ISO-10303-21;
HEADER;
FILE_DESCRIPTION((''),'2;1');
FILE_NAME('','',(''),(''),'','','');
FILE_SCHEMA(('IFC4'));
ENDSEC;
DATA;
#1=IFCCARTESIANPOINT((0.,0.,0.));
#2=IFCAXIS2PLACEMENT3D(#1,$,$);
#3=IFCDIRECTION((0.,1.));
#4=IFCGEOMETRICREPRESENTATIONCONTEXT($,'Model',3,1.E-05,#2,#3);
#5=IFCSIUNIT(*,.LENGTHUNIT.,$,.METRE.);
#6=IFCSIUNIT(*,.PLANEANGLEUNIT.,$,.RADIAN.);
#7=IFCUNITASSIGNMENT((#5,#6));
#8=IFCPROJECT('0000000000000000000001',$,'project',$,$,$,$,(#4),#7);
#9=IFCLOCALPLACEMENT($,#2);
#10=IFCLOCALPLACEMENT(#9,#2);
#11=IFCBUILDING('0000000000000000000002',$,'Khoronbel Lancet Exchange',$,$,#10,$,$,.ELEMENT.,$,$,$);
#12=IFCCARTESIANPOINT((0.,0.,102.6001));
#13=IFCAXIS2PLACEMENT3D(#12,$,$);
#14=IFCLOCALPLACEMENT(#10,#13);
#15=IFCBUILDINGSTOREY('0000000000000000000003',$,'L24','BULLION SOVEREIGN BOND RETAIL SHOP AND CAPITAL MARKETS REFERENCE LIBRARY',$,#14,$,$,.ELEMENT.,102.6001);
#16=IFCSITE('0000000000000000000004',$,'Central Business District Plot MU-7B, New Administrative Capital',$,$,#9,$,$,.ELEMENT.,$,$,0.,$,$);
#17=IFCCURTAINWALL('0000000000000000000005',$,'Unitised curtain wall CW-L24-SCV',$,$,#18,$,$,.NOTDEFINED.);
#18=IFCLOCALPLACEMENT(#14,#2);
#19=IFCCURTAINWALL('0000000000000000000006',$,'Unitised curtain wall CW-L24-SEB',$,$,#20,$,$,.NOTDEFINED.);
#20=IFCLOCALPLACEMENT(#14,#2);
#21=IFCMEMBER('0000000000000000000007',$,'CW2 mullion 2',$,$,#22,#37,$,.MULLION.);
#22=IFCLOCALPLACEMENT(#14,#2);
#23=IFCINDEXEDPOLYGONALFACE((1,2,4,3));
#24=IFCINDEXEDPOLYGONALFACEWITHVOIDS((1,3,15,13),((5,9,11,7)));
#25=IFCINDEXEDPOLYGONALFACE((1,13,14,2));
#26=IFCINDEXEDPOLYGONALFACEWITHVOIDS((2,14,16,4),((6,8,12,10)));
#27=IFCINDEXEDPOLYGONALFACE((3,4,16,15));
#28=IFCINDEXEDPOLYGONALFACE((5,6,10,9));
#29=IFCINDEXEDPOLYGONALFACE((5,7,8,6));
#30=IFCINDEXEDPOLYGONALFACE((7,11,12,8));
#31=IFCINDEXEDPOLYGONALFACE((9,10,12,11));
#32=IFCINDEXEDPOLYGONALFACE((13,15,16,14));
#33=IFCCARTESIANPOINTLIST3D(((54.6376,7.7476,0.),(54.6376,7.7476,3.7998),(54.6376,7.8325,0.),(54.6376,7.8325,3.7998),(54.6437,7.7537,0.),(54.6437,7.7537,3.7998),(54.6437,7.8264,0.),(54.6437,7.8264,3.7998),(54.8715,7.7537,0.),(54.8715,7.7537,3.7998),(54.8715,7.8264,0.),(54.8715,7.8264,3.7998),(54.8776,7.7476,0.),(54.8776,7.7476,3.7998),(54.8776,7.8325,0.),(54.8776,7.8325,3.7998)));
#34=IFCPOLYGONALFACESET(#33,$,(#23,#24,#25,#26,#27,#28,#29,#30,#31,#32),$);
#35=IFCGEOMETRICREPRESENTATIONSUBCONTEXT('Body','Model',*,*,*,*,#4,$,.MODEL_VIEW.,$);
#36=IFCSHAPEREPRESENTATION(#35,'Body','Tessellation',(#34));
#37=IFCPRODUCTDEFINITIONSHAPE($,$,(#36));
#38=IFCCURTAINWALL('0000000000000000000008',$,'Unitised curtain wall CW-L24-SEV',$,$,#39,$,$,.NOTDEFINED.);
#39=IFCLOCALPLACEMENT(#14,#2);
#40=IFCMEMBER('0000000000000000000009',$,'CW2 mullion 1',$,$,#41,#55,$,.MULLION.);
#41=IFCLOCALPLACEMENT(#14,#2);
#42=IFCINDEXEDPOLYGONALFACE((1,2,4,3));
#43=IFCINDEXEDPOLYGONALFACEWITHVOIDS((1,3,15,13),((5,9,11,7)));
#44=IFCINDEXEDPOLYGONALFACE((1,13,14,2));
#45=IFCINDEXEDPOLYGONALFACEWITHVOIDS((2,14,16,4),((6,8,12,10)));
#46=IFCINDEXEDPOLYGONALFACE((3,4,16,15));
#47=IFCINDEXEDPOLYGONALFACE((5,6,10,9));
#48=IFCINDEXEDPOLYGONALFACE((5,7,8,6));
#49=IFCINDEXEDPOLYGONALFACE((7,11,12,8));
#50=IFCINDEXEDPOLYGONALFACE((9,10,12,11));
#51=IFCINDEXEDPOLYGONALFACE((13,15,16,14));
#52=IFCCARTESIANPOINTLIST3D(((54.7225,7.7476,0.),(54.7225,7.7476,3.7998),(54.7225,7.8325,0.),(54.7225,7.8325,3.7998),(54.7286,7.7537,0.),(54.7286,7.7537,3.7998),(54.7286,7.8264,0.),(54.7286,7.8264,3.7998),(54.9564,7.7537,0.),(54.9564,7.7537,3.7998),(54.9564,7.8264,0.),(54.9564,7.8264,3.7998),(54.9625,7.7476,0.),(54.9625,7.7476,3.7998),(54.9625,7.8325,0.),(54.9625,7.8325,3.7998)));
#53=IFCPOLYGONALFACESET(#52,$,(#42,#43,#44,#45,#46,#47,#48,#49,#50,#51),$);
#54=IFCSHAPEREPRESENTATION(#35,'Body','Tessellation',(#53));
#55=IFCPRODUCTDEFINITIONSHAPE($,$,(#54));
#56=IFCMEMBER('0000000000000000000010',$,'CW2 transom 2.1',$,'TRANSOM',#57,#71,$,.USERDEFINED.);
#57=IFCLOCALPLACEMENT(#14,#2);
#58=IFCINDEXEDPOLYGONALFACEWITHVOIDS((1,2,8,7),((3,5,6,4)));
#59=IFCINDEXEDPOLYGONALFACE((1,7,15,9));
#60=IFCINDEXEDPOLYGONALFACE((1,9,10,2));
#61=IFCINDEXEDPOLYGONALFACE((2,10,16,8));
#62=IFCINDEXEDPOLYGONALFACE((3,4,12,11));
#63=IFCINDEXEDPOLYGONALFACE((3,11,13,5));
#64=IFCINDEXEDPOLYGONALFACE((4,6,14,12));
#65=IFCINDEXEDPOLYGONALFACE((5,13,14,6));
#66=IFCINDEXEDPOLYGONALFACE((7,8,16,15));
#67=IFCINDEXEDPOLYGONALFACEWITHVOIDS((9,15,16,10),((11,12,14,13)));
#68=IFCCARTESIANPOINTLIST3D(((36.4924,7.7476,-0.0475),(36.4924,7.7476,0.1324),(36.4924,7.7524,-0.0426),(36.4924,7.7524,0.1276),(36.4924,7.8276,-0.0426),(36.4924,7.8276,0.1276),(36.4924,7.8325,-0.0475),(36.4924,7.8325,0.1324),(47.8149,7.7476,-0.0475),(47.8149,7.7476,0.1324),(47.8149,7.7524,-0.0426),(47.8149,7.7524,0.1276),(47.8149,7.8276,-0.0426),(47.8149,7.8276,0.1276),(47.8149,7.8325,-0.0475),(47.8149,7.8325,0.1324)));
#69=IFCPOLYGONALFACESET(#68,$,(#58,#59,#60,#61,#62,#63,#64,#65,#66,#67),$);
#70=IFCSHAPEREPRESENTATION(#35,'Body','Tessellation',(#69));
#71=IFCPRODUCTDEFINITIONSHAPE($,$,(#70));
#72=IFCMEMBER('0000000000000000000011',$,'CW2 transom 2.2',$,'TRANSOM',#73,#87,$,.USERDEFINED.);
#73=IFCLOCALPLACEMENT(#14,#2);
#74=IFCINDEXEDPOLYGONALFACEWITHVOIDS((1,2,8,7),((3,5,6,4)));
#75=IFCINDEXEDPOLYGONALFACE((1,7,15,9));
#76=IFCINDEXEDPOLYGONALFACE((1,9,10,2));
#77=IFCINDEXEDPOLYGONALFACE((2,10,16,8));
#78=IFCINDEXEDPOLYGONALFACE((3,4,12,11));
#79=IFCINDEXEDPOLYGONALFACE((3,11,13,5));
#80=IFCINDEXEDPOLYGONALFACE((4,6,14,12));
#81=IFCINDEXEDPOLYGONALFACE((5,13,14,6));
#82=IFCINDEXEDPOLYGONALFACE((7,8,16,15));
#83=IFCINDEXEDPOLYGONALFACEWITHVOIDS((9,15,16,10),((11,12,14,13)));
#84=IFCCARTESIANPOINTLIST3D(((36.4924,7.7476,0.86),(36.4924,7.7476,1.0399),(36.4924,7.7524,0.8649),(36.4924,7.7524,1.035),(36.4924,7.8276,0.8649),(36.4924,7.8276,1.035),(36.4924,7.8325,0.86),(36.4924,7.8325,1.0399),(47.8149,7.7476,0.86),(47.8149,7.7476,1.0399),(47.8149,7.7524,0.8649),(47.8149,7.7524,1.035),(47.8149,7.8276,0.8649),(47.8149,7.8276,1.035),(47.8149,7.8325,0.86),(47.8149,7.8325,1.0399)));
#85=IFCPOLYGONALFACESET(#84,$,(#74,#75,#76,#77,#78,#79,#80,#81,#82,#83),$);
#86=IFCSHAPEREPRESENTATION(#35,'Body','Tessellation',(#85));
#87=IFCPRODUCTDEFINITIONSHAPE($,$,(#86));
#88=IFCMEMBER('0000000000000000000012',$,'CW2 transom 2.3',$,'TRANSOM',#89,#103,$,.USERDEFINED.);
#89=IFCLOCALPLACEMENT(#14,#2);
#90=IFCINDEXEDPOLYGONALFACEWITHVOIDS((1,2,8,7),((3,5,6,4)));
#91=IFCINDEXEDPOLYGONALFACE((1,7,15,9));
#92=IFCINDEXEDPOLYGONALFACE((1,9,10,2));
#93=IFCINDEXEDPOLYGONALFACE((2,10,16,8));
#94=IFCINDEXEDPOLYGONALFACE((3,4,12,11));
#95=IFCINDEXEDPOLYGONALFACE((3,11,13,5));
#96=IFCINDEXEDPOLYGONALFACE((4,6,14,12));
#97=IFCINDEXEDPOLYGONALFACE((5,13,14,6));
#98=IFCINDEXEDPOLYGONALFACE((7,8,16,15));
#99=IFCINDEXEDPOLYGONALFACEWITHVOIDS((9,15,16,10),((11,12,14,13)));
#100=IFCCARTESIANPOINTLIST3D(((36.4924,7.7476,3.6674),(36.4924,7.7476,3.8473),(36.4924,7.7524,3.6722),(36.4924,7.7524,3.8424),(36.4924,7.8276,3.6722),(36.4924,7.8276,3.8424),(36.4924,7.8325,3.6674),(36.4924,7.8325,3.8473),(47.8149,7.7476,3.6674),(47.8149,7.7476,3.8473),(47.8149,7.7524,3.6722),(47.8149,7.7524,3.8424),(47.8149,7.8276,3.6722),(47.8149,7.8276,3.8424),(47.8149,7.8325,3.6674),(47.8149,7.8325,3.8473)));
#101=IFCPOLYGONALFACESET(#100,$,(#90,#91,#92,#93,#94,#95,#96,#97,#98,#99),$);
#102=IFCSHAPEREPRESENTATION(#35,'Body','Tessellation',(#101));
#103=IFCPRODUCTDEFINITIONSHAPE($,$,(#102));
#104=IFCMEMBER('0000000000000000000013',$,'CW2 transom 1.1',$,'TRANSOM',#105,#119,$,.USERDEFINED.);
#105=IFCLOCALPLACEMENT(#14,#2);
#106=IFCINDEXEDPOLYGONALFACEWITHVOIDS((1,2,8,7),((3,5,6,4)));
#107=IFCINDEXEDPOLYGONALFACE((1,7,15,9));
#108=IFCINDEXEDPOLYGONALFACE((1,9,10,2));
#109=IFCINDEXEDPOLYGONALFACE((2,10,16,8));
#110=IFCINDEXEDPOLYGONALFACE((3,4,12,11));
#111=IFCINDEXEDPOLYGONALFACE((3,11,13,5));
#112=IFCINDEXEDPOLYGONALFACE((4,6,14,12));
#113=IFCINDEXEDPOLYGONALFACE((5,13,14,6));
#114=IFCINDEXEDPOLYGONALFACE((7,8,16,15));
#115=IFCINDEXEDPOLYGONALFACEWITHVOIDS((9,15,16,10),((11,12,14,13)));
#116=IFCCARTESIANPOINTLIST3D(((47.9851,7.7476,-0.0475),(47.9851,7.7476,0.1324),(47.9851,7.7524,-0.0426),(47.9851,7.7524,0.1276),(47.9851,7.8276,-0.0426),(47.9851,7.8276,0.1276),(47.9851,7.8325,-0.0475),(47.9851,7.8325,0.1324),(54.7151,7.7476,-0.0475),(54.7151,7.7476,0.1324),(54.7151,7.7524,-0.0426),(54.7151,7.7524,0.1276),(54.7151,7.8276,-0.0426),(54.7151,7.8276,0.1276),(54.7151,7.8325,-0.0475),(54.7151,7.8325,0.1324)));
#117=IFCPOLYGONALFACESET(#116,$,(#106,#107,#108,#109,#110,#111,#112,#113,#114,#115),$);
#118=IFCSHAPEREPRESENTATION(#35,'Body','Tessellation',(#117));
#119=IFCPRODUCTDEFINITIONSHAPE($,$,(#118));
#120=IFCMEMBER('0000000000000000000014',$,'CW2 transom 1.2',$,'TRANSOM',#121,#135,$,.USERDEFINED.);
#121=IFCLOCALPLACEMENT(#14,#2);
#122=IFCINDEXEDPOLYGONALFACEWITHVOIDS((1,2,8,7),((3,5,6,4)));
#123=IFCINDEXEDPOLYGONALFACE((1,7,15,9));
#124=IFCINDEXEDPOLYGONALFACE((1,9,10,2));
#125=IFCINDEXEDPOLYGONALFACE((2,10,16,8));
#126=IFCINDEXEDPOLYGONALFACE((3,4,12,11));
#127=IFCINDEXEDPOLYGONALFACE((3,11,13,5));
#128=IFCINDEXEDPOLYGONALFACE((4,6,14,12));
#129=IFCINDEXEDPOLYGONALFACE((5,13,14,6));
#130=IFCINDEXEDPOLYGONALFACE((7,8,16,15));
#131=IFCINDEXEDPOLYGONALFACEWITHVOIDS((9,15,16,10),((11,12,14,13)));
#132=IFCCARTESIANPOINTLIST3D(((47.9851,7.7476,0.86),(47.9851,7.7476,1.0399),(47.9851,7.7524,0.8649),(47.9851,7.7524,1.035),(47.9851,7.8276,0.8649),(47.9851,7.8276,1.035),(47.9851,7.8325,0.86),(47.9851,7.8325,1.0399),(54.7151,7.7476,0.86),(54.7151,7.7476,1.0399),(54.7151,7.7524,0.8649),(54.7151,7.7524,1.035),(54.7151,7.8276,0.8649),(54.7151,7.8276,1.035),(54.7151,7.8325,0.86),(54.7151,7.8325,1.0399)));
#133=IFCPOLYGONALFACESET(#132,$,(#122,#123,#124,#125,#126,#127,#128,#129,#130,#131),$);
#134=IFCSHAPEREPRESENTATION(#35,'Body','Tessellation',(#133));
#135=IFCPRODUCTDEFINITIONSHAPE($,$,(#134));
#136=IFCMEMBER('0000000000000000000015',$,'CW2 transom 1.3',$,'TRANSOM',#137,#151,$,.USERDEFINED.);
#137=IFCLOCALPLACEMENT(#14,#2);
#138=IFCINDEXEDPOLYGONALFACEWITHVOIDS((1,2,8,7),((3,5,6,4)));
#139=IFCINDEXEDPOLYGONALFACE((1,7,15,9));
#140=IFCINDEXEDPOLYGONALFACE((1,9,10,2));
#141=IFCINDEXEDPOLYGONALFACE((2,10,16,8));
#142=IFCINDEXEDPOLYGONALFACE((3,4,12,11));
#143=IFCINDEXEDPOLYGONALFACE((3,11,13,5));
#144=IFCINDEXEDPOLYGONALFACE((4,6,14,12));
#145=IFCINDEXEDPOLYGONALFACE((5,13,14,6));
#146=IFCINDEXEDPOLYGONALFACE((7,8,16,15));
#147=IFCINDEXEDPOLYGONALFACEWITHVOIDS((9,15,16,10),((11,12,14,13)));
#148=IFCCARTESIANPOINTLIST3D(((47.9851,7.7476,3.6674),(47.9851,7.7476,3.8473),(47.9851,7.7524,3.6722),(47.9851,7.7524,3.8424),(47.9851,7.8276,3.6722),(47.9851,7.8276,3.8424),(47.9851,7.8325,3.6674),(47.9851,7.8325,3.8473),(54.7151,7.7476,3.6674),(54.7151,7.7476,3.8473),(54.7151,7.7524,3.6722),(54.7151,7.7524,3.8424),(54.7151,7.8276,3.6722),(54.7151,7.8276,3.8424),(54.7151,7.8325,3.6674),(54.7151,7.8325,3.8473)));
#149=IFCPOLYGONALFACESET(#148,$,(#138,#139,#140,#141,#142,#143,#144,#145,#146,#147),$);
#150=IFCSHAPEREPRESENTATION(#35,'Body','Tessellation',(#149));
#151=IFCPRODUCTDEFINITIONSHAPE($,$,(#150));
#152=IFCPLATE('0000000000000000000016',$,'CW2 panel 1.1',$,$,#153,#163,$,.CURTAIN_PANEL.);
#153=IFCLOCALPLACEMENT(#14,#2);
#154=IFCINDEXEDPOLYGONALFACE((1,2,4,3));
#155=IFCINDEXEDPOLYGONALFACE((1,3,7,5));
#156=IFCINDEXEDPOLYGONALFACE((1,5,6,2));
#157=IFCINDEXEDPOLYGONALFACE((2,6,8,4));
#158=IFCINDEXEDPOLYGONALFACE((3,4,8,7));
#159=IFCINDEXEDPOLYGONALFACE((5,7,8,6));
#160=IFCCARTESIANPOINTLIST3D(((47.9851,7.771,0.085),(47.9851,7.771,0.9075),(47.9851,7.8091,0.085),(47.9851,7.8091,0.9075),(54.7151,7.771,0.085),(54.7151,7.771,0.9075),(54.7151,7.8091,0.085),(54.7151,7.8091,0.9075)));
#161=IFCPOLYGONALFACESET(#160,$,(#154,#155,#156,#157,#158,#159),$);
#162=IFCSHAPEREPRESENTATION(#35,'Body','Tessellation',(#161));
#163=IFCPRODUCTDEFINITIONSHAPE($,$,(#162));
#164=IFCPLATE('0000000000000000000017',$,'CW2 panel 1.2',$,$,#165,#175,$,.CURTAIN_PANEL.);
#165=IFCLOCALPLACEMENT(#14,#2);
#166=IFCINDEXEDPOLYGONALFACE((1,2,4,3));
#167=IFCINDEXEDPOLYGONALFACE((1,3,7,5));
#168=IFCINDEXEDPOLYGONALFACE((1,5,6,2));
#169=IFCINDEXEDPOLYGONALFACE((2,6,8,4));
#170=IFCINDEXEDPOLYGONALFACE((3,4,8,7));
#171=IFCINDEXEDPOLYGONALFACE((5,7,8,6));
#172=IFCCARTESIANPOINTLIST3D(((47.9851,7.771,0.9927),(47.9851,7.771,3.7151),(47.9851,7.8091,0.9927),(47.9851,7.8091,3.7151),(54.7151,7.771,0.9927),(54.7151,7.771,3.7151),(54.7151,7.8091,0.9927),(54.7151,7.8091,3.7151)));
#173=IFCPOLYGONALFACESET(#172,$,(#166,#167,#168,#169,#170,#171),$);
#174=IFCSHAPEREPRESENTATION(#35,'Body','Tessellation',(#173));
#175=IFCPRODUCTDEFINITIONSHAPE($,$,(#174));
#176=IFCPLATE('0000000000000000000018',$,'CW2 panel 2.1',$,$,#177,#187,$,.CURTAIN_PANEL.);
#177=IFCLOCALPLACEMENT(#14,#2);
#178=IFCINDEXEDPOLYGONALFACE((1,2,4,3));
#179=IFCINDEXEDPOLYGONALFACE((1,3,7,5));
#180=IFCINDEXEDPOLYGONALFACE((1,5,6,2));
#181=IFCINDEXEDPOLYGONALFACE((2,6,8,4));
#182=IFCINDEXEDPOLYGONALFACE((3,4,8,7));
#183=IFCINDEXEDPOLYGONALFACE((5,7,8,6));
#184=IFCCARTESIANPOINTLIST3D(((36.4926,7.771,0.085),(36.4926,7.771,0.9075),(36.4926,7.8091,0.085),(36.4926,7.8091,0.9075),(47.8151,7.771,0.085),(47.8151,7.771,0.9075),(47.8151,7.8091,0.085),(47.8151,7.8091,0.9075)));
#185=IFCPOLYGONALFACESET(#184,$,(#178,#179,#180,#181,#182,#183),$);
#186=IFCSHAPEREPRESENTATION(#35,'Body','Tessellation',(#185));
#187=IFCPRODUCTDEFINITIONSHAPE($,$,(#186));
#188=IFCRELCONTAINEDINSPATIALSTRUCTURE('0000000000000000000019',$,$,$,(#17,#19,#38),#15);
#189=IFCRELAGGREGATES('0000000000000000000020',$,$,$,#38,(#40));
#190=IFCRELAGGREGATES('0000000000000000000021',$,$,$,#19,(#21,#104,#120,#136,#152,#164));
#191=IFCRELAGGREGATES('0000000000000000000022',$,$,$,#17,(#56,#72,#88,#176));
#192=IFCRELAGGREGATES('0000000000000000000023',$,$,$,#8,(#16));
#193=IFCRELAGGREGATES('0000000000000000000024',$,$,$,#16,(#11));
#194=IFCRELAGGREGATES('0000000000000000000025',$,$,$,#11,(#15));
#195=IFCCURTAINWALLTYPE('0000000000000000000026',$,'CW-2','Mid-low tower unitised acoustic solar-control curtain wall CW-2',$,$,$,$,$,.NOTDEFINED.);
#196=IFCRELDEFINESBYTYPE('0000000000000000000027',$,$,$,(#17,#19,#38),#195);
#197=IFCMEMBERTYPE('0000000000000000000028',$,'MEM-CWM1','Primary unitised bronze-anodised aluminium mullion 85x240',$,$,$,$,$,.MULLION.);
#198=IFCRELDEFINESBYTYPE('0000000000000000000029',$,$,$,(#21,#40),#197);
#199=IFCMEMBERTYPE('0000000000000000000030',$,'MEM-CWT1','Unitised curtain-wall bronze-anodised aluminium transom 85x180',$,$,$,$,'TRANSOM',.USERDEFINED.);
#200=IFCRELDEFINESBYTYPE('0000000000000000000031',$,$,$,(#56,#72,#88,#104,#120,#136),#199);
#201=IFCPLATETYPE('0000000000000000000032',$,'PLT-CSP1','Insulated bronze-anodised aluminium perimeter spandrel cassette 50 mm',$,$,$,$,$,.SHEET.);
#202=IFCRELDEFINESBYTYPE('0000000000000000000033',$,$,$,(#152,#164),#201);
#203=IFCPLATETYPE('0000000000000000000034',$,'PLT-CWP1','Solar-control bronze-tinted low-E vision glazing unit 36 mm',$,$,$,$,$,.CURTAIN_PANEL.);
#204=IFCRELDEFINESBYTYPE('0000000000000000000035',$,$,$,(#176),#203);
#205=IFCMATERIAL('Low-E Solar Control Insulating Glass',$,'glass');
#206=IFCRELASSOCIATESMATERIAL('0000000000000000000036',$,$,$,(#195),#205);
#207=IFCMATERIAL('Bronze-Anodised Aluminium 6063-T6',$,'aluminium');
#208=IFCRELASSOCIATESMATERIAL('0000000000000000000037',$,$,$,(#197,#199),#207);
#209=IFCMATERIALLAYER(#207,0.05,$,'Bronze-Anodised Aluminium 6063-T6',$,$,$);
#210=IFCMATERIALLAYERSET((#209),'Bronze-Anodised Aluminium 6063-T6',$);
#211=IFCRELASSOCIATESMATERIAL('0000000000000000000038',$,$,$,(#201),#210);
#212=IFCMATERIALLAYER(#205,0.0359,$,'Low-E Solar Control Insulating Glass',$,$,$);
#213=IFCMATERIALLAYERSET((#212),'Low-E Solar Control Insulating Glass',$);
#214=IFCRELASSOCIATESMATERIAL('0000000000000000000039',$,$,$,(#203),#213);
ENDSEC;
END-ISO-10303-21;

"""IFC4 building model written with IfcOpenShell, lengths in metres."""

from ifc_helpers import new_model, si_unit, direction, frame, origin, origin_2d, place, context, subcontext, project, spatial, rectangle, hollow_rectangle, extrude, material, layer, layer_set, material_profile, profile_set, type_object, element, aggregate, save


model = new_model("IFC4")

# Units and contexts
model_context = context("Model", 3, precision=1e-05, world=origin(), true_north=direction((0.0, 1.0)))
body_context = subcontext(model_context, "Body", "Model", "MODEL_VIEW")
ifc_project = project(units=[si_unit("LENGTHUNIT", "METRE"), si_unit("PLANEANGLEUNIT", "RADIAN")], contexts=[model_context])

# Site, building, storey
site_placement = place(None, origin())
site = spatial("IfcSite", under=ifc_project, at=site_placement, Name="Central Business District Plot MU-7B, New Administrative Capital", CompositionType="ELEMENT", RefElevation=0.0)
building_placement = place(site_placement, origin())
building = spatial("IfcBuilding", under=site, at=building_placement, Name="Khoronbel Lancet Exchange", CompositionType="ELEMENT")
storey_placement = place(building_placement, frame((0.0, 0.0, 102.6001)))
storey = spatial("IfcBuildingStorey", under=building, at=storey_placement, Name="L24", Description="BULLION SOVEREIGN BOND RETAIL SHOP AND CAPITAL MARKETS REFERENCE LIBRARY", CompositionType="ELEMENT", Elevation=102.6001)

# Curtain walls, member
ifc_material_1 = material(Name="Low-E Solar Control Insulating Glass", Category="glass")
curtain_wall_type = type_object("IfcCurtainWallType", Name="CW-2", Description="Mid-low tower unitised acoustic solar-control curtain wall CW-2", PredefinedType="NOTDEFINED", material=ifc_material_1)
curtain_wall_1_placement = place(storey_placement, origin())
curtain_wall_1 = element("IfcCurtainWall", 1, at=curtain_wall_1_placement, inside=storey, type_object=curtain_wall_type, Name="Unitised curtain wall CW-L24-SCV", PredefinedType="NOTDEFINED")
ifc_material_2 = material(Name="Bronze-Anodised Aluminium 6063-T6", Category="aluminium")
ifc_material_profile_1 = material_profile(ifc_material_2, hollow_rectangle(XDim=0.085, YDim=0.24, WallThickness=0.0061, at=origin_2d()), Name="ALU MULLION 85x240")
ifc_profile_set_1 = profile_set([ifc_material_profile_1], Name="Bronze-Anodised Aluminium 6063-T6")
member_type_1 = type_object("IfcMemberType", Name="MEM-CWM1", Description="Primary unitised bronze-anodised aluminium mullion 85x240", PredefinedType="MULLION", material=ifc_profile_set_1)
curtain_wall_2_placement = place(storey_placement, origin())
curtain_wall_2 = element("IfcCurtainWall", 2, at=curtain_wall_2_placement, inside=storey, type_object=curtain_wall_type, Name="Unitised curtain wall CW-L24-SEB", PredefinedType="NOTDEFINED")
member_1_placement = place(storey_placement, frame((54.7576, 7.79, 0.0), z_axis=(0.0, 0.0, 1.0), x_axis=(0.0, 1.0, 0.0)))
member_1 = element("IfcMember", 3, at=member_1_placement, type_object=member_type_1, Name="CW2 mullion 2", PredefinedType="MULLION", context=body_context, shape_type="SweptSolid", body=[
    extrude(hollow_rectangle(XDim=0.085, YDim=0.24, WallThickness=0.0061, at=origin_2d()), origin(), (0.0, 0.0, 1.0), 3.7998),
])

# Curtain wall, member
curtain_wall_3_placement = place(storey_placement, origin())
curtain_wall_3 = element("IfcCurtainWall", 4, at=curtain_wall_3_placement, inside=storey, type_object=curtain_wall_type, Name="Unitised curtain wall CW-L24-SEV", PredefinedType="NOTDEFINED")
member_2_placement = place(storey_placement, frame((54.8425, 7.79, 0.0), z_axis=(0.0, 0.0, 1.0), x_axis=(0.0, 1.0, 0.0)))
member_2 = element("IfcMember", 5, at=member_2_placement, type_object=member_type_1, Name="CW2 mullion 1", PredefinedType="MULLION", context=body_context, shape_type="SweptSolid", body=[
    extrude(hollow_rectangle(XDim=0.085, YDim=0.24, WallThickness=0.0061, at=origin_2d()), origin(), (0.0, 0.0, 1.0), 3.7998),
])
aggregate(curtain_wall_3, [member_2])

# Members
ifc_material_profile_2 = material_profile(ifc_material_2, hollow_rectangle(XDim=0.085, YDim=0.1799, WallThickness=0.0049, at=origin_2d()), Name="ALU TRANSOM 85x180")
ifc_profile_set_2 = profile_set([ifc_material_profile_2], Name="Bronze-Anodised Aluminium 6063-T6")
member_type_2 = type_object("IfcMemberType", Name="MEM-CWT1", Description="Unitised curtain-wall bronze-anodised aluminium transom 85x180", ElementType="TRANSOM", PredefinedType="USERDEFINED", material=ifc_profile_set_2)
member_3_placement = place(storey_placement, frame((36.4924, 7.79, 0.0425), z_axis=(1.0, 0.0, 0.0), x_axis=(0.0, 1.0, 0.0)))
member_3 = element("IfcMember", 6, at=member_3_placement, type_object=member_type_2, Name="CW2 transom 2.1", ObjectType="TRANSOM", PredefinedType="USERDEFINED", context=body_context, shape_type="SweptSolid", body=[
    extrude(hollow_rectangle(XDim=0.085, YDim=0.1799, WallThickness=0.0049, at=origin_2d()), origin(), (0.0, 0.0, 1.0), 11.3225),
])
member_4_placement = place(storey_placement, frame((36.4924, 7.79, 0.95), z_axis=(1.0, 0.0, 0.0), x_axis=(0.0, 1.0, 0.0)))
member_4 = element("IfcMember", 7, at=member_4_placement, type_object=member_type_2, Name="CW2 transom 2.2", ObjectType="TRANSOM", PredefinedType="USERDEFINED", context=body_context, shape_type="SweptSolid", body=[
    extrude(hollow_rectangle(XDim=0.085, YDim=0.1799, WallThickness=0.0049, at=origin_2d()), origin(), (0.0, 0.0, 1.0), 11.3225),
])
member_5_placement = place(storey_placement, frame((36.4924, 7.79, 3.7573), z_axis=(1.0, 0.0, 0.0), x_axis=(0.0, 1.0, 0.0)))
member_5 = element("IfcMember", 8, at=member_5_placement, type_object=member_type_2, Name="CW2 transom 2.3", ObjectType="TRANSOM", PredefinedType="USERDEFINED", context=body_context, shape_type="SweptSolid", body=[
    extrude(hollow_rectangle(XDim=0.085, YDim=0.1799, WallThickness=0.0049, at=origin_2d()), origin(), (0.0, 0.0, 1.0), 11.3225),
])
member_6_placement = place(storey_placement, frame((47.9851, 7.79, 0.0425), z_axis=(1.0, 0.0, 0.0), x_axis=(0.0, 1.0, 0.0)))
member_6 = element("IfcMember", 9, at=member_6_placement, type_object=member_type_2, Name="CW2 transom 1.1", ObjectType="TRANSOM", PredefinedType="USERDEFINED", context=body_context, shape_type="SweptSolid", body=[
    extrude(hollow_rectangle(XDim=0.085, YDim=0.1799, WallThickness=0.0049, at=origin_2d()), origin(), (0.0, 0.0, 1.0), 6.73),
])
member_7_placement = place(storey_placement, frame((47.9851, 7.79, 0.95), z_axis=(1.0, 0.0, 0.0), x_axis=(0.0, 1.0, 0.0)))
member_7 = element("IfcMember", 10, at=member_7_placement, type_object=member_type_2, Name="CW2 transom 1.2", ObjectType="TRANSOM", PredefinedType="USERDEFINED", context=body_context, shape_type="SweptSolid", body=[
    extrude(hollow_rectangle(XDim=0.085, YDim=0.1799, WallThickness=0.0049, at=origin_2d()), origin(), (0.0, 0.0, 1.0), 6.73),
])
member_8_placement = place(storey_placement, frame((47.9851, 7.79, 3.7573), z_axis=(1.0, 0.0, 0.0), x_axis=(0.0, 1.0, 0.0)))
member_8 = element("IfcMember", 11, at=member_8_placement, type_object=member_type_2, Name="CW2 transom 1.3", ObjectType="TRANSOM", PredefinedType="USERDEFINED", context=body_context, shape_type="SweptSolid", body=[
    extrude(hollow_rectangle(XDim=0.085, YDim=0.1799, WallThickness=0.0049, at=origin_2d()), origin(), (0.0, 0.0, 1.0), 6.73),
])

# Plates
ifc_layer_1 = layer(ifc_material_2, 0.05, Name="Bronze-Anodised Aluminium 6063-T6")
ifc_layer_set_1 = layer_set([ifc_layer_1], Name="Bronze-Anodised Aluminium 6063-T6")
plate_type_1 = type_object("IfcPlateType", Name="PLT-CSP1", Description="Insulated bronze-anodised aluminium perimeter spandrel cassette 50 mm", PredefinedType="SHEET", material=ifc_layer_set_1)
plate_1_placement = place(storey_placement, frame((51.3501, 7.79, 0.085), z_axis=(0.0, 0.0, 1.0), x_axis=(1.0, 0.0, 0.0)))
plate_1 = element("IfcPlate", 12, at=plate_1_placement, type_object=plate_type_1, Name="CW2 panel 1.1", PredefinedType="CURTAIN_PANEL", context=body_context, shape_type="SweptSolid", body=[
    extrude(rectangle(XDim=6.73, YDim=0.0381, at=origin_2d()), origin(), (0.0, 0.0, 1.0), 0.8225),
])
plate_2_placement = place(storey_placement, frame((51.3501, 7.79, 0.9927), z_axis=(0.0, 0.0, 1.0), x_axis=(1.0, 0.0, 0.0)))
plate_2 = element("IfcPlate", 13, at=plate_2_placement, type_object=plate_type_1, Name="CW2 panel 1.2", PredefinedType="CURTAIN_PANEL", context=body_context, shape_type="SweptSolid", body=[
    extrude(rectangle(XDim=6.73, YDim=0.0381, at=origin_2d()), origin(), (0.0, 0.0, 1.0), 2.7224),
])
aggregate(curtain_wall_2, [member_1, member_6, member_7, member_8, plate_1, plate_2])
ifc_layer_2 = layer(ifc_material_1, 0.0359, Name="Low-E Solar Control Insulating Glass")
ifc_layer_set_2 = layer_set([ifc_layer_2], Name="Low-E Solar Control Insulating Glass")
plate_type_2 = type_object("IfcPlateType", Name="PLT-CWP1", Description="Solar-control bronze-tinted low-E vision glazing unit 36 mm", PredefinedType="CURTAIN_PANEL", material=ifc_layer_set_2)
plate_3_placement = place(storey_placement, frame((42.1538, 7.79, 0.085), z_axis=(0.0, 0.0, 1.0), x_axis=(1.0, 0.0, 0.0)))
plate_3 = element("IfcPlate", 14, at=plate_3_placement, type_object=plate_type_2, Name="CW2 panel 2.1", PredefinedType="CURTAIN_PANEL", context=body_context, shape_type="SweptSolid", body=[
    extrude(rectangle(XDim=11.3225, YDim=0.0381, at=origin_2d()), origin(), (0.0, 0.0, 1.0), 0.8225),
])
aggregate(curtain_wall_1, [member_3, member_4, member_5, plate_3])

save(model, "model.ifc")
